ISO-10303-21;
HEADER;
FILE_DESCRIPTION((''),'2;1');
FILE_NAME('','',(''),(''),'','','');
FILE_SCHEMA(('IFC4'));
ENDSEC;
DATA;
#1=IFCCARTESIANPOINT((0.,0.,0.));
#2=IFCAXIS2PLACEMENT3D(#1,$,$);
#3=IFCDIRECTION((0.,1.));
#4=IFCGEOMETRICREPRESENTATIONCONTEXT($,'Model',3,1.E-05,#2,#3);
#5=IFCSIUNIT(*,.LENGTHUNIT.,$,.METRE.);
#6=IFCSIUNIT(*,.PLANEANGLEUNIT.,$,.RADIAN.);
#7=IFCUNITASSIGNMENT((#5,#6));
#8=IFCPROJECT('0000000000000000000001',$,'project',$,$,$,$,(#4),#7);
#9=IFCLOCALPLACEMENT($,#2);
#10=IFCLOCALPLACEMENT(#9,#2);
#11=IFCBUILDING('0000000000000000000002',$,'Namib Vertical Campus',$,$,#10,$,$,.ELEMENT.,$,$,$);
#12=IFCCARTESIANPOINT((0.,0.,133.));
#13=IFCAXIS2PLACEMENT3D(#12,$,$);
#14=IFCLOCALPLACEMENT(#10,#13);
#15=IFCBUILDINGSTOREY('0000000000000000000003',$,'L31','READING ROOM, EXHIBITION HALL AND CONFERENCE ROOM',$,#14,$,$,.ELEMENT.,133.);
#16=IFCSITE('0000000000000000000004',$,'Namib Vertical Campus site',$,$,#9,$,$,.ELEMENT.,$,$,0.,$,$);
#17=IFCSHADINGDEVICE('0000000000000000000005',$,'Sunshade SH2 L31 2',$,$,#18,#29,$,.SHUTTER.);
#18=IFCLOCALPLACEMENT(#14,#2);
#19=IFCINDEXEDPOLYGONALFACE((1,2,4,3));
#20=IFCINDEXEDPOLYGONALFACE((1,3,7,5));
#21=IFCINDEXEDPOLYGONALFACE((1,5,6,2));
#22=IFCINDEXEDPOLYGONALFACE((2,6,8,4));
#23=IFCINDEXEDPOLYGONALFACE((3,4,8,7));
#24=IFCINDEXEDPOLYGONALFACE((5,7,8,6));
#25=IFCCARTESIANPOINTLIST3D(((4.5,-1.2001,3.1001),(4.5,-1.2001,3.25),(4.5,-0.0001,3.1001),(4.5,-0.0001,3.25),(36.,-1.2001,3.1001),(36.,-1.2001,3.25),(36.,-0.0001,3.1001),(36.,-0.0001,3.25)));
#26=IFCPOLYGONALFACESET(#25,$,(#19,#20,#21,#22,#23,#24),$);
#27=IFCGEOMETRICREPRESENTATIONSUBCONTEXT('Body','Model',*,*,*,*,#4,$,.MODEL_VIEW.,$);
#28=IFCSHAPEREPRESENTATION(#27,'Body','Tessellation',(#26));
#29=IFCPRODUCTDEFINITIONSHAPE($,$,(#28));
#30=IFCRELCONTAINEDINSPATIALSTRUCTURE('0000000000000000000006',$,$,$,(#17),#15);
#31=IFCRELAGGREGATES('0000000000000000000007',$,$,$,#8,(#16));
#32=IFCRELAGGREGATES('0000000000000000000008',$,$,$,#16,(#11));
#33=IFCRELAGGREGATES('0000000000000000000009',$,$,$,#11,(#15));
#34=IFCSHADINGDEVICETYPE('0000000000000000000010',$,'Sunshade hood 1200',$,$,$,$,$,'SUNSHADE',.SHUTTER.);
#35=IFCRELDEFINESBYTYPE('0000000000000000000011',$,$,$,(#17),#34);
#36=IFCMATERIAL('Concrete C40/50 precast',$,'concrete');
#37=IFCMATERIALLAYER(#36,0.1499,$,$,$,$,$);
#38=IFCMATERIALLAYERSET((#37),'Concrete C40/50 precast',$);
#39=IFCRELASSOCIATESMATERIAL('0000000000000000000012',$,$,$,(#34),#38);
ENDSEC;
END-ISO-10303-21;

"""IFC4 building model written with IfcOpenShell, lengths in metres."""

from ifc_helpers import new_model, si_unit, direction, frame, origin, origin_2d, place, context, subcontext, project, spatial, rectangle, extrude, material, layer, layer_set, type_object, element, save


model = new_model("IFC4")

# Units and contexts
model_context = context("Model", 3, precision=1e-05, world=origin(), true_north=direction((0.0, 1.0)))
body_context = subcontext(model_context, "Body", "Model", "MODEL_VIEW")
ifc_project = project(units=[si_unit("LENGTHUNIT", "METRE"), si_unit("PLANEANGLEUNIT", "RADIAN")], contexts=[model_context])

# Site, building, storey
site_placement = place(None, origin())
site = spatial("IfcSite", under=ifc_project, at=site_placement, Name="Namib Vertical Campus site", CompositionType="ELEMENT", RefElevation=0.0)
building_placement = place(site_placement, origin())
building = spatial("IfcBuilding", under=site, at=building_placement, Name="Namib Vertical Campus", CompositionType="ELEMENT")
storey_placement = place(building_placement, frame((0.0, 0.0, 133.0)))
storey = spatial("IfcBuildingStorey", under=building, at=storey_placement, Name="L31", Description="READING ROOM, EXHIBITION HALL AND CONFERENCE ROOM", CompositionType="ELEMENT", Elevation=133.0)

# Shading device
ifc_material_1 = material(Name="Concrete C40/50 precast", Category="concrete")
ifc_layer_1 = layer(ifc_material_1, 0.1499)
ifc_layer_set_1 = layer_set([ifc_layer_1], Name="Concrete C40/50 precast")
shading_device_type = type_object("IfcShadingDeviceType", Name="Sunshade hood 1200", ElementType="SUNSHADE", PredefinedType="SHUTTER", material=ifc_layer_set_1)
shading_device_placement = place(storey_placement, frame((20.25, -0.6001, 3.1001), z_axis=(0.0, 0.0, 1.0), x_axis=(1.0, 0.0, 0.0)))
element("IfcShadingDevice", 1, at=shading_device_placement, inside=storey, type_object=shading_device_type, Name="Sunshade SH2 L31 2", PredefinedType="SHUTTER", context=body_context, shape_type="SweptSolid", body=[
    extrude(rectangle(XDim=31.5, YDim=1.2, at=origin_2d()), origin(), (0.0, 0.0, 1.0), 0.1499),
])

save(model, "model.ifc")
